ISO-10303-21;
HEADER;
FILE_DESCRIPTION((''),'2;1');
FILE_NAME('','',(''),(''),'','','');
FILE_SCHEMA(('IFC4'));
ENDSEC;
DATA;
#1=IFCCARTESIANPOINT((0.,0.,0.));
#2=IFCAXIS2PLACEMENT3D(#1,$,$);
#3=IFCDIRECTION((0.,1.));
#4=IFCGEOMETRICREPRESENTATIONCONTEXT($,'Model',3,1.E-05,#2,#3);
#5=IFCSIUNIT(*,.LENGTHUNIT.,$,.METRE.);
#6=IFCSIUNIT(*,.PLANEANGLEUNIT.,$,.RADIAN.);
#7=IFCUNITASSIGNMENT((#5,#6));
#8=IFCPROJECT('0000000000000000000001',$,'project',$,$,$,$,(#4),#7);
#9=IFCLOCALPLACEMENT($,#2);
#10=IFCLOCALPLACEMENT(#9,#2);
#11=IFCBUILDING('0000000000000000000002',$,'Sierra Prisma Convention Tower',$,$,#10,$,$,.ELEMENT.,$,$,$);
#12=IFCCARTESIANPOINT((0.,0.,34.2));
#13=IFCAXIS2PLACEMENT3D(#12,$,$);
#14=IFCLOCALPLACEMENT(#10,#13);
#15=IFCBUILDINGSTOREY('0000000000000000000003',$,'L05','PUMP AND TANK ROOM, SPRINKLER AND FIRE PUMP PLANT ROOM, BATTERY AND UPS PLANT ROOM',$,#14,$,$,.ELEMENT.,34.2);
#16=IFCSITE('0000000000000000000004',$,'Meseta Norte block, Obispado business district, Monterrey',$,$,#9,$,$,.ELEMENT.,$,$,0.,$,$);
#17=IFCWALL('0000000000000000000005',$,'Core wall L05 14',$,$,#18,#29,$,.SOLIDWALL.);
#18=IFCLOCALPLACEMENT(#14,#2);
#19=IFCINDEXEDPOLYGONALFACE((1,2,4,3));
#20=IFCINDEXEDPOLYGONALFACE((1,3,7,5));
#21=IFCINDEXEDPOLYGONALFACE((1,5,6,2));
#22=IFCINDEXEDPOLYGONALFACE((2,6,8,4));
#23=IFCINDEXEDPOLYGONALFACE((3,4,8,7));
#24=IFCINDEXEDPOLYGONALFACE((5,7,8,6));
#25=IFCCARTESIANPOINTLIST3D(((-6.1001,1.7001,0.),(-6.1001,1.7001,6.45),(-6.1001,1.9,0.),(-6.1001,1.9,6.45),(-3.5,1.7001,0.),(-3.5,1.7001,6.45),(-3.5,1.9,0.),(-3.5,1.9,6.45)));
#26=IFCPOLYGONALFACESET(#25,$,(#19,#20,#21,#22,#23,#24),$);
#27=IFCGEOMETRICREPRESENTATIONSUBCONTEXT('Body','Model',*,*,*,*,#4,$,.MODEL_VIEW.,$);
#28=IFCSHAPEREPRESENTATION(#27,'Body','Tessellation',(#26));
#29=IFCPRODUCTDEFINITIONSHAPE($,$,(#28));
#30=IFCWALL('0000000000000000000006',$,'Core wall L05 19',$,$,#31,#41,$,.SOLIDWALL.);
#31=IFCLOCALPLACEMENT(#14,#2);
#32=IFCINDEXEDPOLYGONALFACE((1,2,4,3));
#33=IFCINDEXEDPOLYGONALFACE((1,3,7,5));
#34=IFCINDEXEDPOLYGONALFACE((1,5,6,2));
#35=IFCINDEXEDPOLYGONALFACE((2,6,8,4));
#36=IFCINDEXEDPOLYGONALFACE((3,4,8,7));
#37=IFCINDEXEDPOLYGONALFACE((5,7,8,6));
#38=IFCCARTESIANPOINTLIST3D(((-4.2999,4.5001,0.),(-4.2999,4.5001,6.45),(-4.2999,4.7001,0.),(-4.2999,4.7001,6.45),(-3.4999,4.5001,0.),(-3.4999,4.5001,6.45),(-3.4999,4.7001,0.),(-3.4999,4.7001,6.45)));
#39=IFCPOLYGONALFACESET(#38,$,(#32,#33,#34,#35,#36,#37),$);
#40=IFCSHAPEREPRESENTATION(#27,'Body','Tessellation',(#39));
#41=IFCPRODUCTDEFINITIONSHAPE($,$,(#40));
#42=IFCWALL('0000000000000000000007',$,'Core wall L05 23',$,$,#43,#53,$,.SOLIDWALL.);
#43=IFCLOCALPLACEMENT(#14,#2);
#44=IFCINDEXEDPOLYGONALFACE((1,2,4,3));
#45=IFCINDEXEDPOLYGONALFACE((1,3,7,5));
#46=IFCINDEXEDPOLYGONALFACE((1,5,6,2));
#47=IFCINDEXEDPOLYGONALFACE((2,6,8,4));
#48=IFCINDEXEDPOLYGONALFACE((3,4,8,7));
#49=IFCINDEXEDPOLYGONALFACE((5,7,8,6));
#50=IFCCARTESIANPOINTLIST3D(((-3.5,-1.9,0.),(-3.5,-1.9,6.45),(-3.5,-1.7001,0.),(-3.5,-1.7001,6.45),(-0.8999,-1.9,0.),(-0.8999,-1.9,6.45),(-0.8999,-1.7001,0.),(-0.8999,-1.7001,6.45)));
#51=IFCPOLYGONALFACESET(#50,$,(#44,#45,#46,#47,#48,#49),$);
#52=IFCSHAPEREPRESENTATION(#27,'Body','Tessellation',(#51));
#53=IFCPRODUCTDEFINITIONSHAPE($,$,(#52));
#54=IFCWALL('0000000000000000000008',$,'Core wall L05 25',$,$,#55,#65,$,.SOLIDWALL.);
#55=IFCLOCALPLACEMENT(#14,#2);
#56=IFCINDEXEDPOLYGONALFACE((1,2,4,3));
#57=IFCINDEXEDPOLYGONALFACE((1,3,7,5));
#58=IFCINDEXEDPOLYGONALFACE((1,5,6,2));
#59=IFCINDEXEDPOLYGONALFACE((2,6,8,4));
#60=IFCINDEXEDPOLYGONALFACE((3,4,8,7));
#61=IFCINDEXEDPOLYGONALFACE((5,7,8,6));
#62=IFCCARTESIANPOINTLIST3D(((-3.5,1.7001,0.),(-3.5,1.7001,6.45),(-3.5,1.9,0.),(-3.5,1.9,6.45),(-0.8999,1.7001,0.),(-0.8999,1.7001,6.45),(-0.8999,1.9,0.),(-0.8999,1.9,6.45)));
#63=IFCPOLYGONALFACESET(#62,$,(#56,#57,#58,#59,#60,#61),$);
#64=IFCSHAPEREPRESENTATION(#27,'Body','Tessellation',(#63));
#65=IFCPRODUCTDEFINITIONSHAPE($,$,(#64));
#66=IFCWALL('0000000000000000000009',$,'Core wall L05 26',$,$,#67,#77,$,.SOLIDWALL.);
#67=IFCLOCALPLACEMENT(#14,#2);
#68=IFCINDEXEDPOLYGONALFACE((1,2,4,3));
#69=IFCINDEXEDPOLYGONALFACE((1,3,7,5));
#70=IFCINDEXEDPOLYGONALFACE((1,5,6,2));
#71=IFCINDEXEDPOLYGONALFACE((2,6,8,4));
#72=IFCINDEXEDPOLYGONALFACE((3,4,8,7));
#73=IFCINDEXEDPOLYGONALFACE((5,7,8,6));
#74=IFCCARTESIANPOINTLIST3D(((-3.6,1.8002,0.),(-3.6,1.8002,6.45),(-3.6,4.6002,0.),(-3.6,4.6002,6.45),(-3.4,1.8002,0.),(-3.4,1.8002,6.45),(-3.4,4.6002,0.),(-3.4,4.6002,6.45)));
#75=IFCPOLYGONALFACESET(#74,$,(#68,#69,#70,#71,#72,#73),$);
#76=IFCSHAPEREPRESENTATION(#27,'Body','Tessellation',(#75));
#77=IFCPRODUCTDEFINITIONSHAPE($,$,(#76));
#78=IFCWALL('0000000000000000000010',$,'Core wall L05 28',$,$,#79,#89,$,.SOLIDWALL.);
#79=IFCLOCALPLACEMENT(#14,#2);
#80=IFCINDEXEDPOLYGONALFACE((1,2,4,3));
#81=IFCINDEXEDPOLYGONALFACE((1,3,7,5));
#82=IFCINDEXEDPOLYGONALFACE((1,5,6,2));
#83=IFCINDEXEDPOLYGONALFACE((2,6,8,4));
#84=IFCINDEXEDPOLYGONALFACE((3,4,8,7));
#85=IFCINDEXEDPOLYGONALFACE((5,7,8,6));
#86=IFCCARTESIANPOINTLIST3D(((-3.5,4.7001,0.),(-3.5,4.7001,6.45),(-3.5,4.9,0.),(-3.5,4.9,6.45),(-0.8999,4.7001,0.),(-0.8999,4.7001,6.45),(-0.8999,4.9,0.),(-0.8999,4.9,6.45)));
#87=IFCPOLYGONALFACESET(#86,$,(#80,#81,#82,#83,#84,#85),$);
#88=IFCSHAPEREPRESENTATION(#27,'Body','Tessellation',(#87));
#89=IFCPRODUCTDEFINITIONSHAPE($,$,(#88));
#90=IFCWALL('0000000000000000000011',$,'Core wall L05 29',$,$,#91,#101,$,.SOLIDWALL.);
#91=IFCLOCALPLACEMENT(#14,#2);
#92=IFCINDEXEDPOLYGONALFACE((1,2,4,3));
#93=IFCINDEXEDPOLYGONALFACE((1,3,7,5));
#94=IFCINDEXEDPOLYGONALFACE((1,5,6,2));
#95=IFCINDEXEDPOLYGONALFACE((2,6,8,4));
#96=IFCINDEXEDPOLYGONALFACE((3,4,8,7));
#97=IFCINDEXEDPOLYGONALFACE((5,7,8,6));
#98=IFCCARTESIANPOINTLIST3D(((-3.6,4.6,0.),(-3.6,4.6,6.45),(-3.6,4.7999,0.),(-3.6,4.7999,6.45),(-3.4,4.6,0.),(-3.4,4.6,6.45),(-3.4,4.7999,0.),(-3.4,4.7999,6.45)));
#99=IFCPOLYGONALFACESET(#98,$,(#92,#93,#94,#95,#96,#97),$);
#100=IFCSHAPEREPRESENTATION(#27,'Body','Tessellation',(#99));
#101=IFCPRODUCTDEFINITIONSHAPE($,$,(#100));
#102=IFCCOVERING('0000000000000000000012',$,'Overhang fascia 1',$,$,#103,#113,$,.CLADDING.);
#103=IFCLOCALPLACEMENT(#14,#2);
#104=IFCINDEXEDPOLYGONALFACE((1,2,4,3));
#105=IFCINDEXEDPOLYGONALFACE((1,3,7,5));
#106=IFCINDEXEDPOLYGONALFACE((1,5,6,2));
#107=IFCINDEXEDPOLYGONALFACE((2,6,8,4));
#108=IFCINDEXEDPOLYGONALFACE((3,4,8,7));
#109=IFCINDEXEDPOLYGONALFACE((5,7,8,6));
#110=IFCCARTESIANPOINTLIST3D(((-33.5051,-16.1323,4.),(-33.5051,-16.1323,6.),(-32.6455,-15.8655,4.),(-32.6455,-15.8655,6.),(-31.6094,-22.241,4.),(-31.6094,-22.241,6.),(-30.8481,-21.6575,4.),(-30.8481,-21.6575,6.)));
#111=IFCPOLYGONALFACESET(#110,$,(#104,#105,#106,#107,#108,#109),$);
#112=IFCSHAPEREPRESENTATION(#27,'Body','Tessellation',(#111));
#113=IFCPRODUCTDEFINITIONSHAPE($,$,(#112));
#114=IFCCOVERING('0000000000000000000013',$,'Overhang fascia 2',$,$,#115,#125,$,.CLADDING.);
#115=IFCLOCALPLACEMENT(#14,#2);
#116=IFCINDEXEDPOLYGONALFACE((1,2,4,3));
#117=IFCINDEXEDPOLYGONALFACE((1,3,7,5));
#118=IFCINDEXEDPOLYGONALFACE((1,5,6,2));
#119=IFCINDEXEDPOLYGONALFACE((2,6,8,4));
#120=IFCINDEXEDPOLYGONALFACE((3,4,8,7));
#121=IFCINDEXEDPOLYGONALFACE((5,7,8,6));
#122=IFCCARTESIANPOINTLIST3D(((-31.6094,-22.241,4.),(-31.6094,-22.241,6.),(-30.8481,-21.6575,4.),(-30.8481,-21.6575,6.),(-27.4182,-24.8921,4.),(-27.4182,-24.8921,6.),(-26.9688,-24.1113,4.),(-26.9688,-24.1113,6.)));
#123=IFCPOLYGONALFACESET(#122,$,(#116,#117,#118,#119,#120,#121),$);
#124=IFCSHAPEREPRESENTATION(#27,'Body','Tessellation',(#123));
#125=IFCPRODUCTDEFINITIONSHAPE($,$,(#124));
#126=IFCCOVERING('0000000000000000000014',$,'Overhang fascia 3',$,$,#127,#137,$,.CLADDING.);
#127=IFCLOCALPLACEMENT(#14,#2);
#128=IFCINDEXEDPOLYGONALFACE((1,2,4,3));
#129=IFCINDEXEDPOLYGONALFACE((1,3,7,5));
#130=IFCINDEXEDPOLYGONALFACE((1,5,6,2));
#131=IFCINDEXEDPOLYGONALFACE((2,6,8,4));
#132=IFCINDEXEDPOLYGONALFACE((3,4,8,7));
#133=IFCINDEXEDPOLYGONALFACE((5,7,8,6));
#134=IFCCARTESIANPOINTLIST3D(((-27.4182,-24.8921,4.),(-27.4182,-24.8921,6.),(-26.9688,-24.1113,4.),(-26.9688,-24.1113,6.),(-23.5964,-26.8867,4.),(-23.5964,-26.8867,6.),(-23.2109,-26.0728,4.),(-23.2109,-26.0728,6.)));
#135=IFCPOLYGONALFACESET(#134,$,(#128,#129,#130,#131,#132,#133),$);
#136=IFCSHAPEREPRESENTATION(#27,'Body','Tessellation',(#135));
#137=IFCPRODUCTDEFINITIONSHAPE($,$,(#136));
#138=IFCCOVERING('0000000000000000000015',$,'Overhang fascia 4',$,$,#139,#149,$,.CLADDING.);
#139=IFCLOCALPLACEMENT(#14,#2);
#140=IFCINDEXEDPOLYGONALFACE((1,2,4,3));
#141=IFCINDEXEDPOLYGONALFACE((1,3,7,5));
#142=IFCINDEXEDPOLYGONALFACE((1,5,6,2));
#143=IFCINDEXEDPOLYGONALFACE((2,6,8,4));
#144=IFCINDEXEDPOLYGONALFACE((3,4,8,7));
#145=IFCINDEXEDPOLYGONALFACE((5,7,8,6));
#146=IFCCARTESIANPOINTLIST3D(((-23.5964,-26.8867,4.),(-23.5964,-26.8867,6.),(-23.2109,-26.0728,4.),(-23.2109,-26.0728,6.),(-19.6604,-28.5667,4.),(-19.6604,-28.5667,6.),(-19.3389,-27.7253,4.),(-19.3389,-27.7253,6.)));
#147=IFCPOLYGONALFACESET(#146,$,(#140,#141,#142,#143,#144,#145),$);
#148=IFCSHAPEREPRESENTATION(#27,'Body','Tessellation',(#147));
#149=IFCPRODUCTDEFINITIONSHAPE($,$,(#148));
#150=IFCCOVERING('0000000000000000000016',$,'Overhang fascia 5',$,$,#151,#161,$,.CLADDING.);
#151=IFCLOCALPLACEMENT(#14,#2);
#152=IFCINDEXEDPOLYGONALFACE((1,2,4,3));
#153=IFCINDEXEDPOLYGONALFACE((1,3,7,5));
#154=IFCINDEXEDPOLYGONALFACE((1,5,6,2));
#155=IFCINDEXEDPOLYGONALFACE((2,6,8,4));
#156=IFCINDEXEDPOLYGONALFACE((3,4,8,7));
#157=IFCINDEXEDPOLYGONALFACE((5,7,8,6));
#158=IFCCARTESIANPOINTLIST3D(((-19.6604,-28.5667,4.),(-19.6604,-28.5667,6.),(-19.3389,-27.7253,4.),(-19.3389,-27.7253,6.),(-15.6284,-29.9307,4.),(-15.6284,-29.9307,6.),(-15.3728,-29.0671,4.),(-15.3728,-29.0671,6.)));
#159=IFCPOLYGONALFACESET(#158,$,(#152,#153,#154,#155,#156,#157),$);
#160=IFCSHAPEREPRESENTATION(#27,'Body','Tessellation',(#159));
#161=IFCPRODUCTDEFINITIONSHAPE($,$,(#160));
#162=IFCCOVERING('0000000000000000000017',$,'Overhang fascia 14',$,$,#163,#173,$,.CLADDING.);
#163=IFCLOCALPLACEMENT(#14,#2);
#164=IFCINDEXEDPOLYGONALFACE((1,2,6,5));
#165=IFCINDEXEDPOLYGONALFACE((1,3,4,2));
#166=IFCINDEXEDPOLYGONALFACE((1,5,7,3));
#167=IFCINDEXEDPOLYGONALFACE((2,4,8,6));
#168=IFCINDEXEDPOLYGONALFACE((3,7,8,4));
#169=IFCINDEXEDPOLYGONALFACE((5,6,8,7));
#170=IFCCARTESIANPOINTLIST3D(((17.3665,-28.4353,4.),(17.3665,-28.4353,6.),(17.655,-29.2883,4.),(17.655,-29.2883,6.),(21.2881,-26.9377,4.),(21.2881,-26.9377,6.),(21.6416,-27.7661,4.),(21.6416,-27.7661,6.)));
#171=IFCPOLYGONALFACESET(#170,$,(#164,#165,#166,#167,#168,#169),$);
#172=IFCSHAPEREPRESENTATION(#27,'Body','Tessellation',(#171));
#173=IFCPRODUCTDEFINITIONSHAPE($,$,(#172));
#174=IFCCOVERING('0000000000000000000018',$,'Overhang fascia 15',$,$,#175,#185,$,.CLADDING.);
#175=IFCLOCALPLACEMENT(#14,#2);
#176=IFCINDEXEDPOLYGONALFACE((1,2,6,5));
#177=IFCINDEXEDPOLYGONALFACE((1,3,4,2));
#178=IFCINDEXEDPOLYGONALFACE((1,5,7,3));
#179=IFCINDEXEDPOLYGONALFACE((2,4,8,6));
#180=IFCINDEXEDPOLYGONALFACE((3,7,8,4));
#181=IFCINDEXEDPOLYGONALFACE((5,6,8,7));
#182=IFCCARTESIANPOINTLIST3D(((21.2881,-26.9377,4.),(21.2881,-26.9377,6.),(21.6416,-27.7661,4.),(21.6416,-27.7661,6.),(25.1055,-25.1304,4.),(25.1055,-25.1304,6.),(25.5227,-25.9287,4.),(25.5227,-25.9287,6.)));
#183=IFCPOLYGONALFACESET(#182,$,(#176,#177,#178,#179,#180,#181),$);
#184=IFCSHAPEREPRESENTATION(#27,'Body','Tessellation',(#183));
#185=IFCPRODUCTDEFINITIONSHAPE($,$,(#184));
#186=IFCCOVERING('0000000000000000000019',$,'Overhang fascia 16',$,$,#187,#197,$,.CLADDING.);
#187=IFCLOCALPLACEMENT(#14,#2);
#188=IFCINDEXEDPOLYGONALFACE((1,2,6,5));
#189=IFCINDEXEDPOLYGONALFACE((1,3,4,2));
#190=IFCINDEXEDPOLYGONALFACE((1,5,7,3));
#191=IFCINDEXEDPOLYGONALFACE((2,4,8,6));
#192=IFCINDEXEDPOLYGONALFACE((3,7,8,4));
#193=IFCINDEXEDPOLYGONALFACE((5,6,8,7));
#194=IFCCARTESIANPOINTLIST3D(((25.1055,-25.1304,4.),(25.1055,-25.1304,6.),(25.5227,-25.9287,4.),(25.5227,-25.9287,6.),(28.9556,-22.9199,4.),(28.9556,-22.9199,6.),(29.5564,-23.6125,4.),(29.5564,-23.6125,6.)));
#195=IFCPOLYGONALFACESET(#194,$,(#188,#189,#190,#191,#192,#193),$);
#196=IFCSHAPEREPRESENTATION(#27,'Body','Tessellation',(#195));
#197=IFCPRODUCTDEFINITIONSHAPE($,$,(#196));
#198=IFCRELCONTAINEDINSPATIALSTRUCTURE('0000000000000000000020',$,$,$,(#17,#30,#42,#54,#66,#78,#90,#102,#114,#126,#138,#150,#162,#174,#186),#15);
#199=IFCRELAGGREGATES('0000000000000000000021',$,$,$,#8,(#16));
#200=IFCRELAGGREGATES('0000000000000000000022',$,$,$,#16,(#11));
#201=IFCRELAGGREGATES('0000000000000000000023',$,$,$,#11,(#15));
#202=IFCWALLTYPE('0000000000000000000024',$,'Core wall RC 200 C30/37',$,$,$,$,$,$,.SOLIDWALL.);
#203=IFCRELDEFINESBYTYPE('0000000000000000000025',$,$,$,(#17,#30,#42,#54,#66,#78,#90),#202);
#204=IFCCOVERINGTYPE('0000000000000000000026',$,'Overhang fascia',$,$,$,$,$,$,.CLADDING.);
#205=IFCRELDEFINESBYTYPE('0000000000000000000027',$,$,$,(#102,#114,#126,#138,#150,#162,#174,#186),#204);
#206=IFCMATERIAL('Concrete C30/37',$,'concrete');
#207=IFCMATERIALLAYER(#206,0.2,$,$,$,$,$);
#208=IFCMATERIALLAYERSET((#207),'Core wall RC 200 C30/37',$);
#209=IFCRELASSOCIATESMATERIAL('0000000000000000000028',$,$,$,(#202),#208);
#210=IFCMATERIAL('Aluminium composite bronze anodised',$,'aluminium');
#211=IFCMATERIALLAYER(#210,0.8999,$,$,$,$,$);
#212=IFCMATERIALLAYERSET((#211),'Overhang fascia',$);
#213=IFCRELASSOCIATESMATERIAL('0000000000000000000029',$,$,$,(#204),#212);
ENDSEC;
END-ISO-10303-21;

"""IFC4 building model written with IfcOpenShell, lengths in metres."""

from ifc_helpers import new_model, si_unit, direction, frame, frame_2d, origin, place, context, subcontext, project, spatial, polyline, rectangle, outline, extrude, material, layer, layer_set, type_object, element, save


model = new_model("IFC4")

# Units and contexts
model_context = context("Model", 3, precision=1e-05, world=origin(), true_north=direction((0.0, 1.0)))
body_context = subcontext(model_context, "Body", "Model", "MODEL_VIEW")
ifc_project = project(units=[si_unit("LENGTHUNIT", "METRE"), si_unit("PLANEANGLEUNIT", "RADIAN")], contexts=[model_context])

# Site, building, storey
site_placement = place(None, origin())
site = spatial("IfcSite", under=ifc_project, at=site_placement, Name="Meseta Norte block, Obispado business district, Monterrey", CompositionType="ELEMENT", RefElevation=0.0)
building_placement = place(site_placement, origin())
building = spatial("IfcBuilding", under=site, at=building_placement, Name="Sierra Prisma Convention Tower", CompositionType="ELEMENT")
storey_placement = place(building_placement, frame((0.0, 0.0, 34.2)))
storey = spatial("IfcBuildingStorey", under=building, at=storey_placement, Name="L05", Description="PUMP AND TANK ROOM, SPRINKLER AND FIRE PUMP PLANT ROOM, BATTERY AND UPS PLANT ROOM", CompositionType="ELEMENT", Elevation=34.2)

# Walls
ifc_material_1 = material(Name="Concrete C30/37", Category="concrete")
ifc_layer_1 = layer(ifc_material_1, 0.2)
ifc_layer_set_1 = layer_set([ifc_layer_1], Name="Core wall RC 200 C30/37")
wall_type = type_object("IfcWallType", Name="Core wall RC 200 C30/37", PredefinedType="SOLIDWALL", material=ifc_layer_set_1)
wall_1_placement = place(storey_placement, frame((-3.5, 1.8, 0.0), z_axis=(0.0, 0.0, 1.0), x_axis=(-1.0, 0.0, 0.0)))
element("IfcWall", 1, at=wall_1_placement, inside=storey, type_object=wall_type, Name="Core wall L05 14", PredefinedType="SOLIDWALL", context=body_context, shape_type="SweptSolid", body=[
    extrude(rectangle(XDim=2.6001, YDim=0.2, at=frame_2d((1.3, 0.0))), origin(), (0.0, 0.0, 1.0), 6.45),
])
wall_2_placement = place(storey_placement, frame((-3.5, 4.6001, 0.0), z_axis=(0.0, 0.0, 1.0), x_axis=(-1.0, 0.0, 0.0)))
element("IfcWall", 2, at=wall_2_placement, inside=storey, type_object=wall_type, Name="Core wall L05 19", PredefinedType="SOLIDWALL", context=body_context, shape_type="SweptSolid", body=[
    extrude(rectangle(XDim=0.8, YDim=0.2, at=frame_2d((0.3999, 0.0))), origin(), (0.0, 0.0, 1.0), 6.45),
])
wall_3_placement = place(storey_placement, frame((-3.5, -1.8, 0.0), z_axis=(0.0, 0.0, 1.0), x_axis=(1.0, 0.0, 0.0)))
element("IfcWall", 3, at=wall_3_placement, inside=storey, type_object=wall_type, Name="Core wall L05 23", PredefinedType="SOLIDWALL", context=body_context, shape_type="SweptSolid", body=[
    extrude(rectangle(XDim=2.6001, YDim=0.2, at=frame_2d((1.3, 0.0))), origin(), (0.0, 0.0, 1.0), 6.45),
])

# Walls
wall_4_placement = place(storey_placement, frame((-0.8999, 1.8, 0.0), z_axis=(0.0, 0.0, 1.0), x_axis=(-1.0, 0.0, 0.0)))
element("IfcWall", 4, at=wall_4_placement, inside=storey, type_object=wall_type, Name="Core wall L05 25", PredefinedType="SOLIDWALL", context=body_context, shape_type="SweptSolid", body=[
    extrude(rectangle(XDim=2.6001, YDim=0.2, at=frame_2d((1.3, 0.0))), origin(), (0.0, 0.0, 1.0), 6.45),
])
wall_5_placement = place(storey_placement, frame((-3.5, 4.6001, 0.0), z_axis=(0.0, 0.0, 1.0), x_axis=(0.0, -1.0, 0.0)))
element("IfcWall", 5, at=wall_5_placement, inside=storey, type_object=wall_type, Name="Core wall L05 26", PredefinedType="SOLIDWALL", context=body_context, shape_type="SweptSolid", body=[
    extrude(rectangle(XDim=2.8, YDim=0.2, at=frame_2d((1.3999, 0.0))), origin(), (0.0, 0.0, 1.0), 6.45),
])

# Walls
wall_6_placement = place(storey_placement, frame((-0.8999, 4.8, 0.0), z_axis=(0.0, 0.0, 1.0), x_axis=(-1.0, 0.0, 0.0)))
element("IfcWall", 6, at=wall_6_placement, inside=storey, type_object=wall_type, Name="Core wall L05 28", PredefinedType="SOLIDWALL", context=body_context, shape_type="SweptSolid", body=[
    extrude(rectangle(XDim=2.6001, YDim=0.2, at=frame_2d((1.3, 0.0))), origin(), (0.0, 0.0, 1.0), 6.45),
])
wall_7_placement = place(storey_placement, frame((-3.5, 4.8, 0.0), z_axis=(0.0, 0.0, 1.0), x_axis=(0.0, -1.0, 0.0)))
element("IfcWall", 7, at=wall_7_placement, inside=storey, type_object=wall_type, Name="Core wall L05 29", PredefinedType="SOLIDWALL", context=body_context, shape_type="SweptSolid", body=[
    extrude(rectangle(XDim=0.2, YDim=0.2, at=frame_2d((0.1001, 0.0))), origin(), (0.0, 0.0, 1.0), 6.45),
])

# Coverings
ifc_material_2 = material(Name="Aluminium composite bronze anodised", Category="aluminium")
ifc_layer_2 = layer(ifc_material_2, 0.8999)
ifc_layer_set_2 = layer_set([ifc_layer_2], Name="Overhang fascia")
covering_type_1 = type_object("IfcCoveringType", Name="Overhang fascia", PredefinedType="CLADDING", material=ifc_layer_set_2)
covering_1_placement = place(storey_placement, frame((0.0, 0.0, 4.0)))
element("IfcCovering", 8, at=covering_1_placement, inside=storey, type_object=covering_type_1, Name="Overhang fascia 1", PredefinedType="CLADDING", context=body_context, shape_type="SweptSolid", body=[
    extrude(outline(polyline([(-32.6455, -15.8655), (-30.8481, -21.6575), (-31.6094, -22.241), (-33.5051, -16.1323), (-32.6455, -15.8655)])), origin(), (0.0, 0.0, 1.0), 2.0),
])
covering_2_placement = place(storey_placement, frame((0.0, 0.0, 4.0)))
element("IfcCovering", 9, at=covering_2_placement, inside=storey, type_object=covering_type_1, Name="Overhang fascia 2", PredefinedType="CLADDING", context=body_context, shape_type="SweptSolid", body=[
    extrude(outline(polyline([(-30.8481, -21.6575), (-26.9688, -24.1113), (-27.4182, -24.8921), (-31.6094, -22.241), (-30.8481, -21.6575)])), origin(), (0.0, 0.0, 1.0), 2.0),
])
covering_3_placement = place(storey_placement, frame((0.0, 0.0, 4.0)))
element("IfcCovering", 10, at=covering_3_placement, inside=storey, type_object=covering_type_1, Name="Overhang fascia 3", PredefinedType="CLADDING", context=body_context, shape_type="SweptSolid", body=[
    extrude(outline(polyline([(-26.9688, -24.1113), (-23.2109, -26.0728), (-23.5964, -26.8867), (-27.4182, -24.8921), (-26.9688, -24.1113)])), origin(), (0.0, 0.0, 1.0), 2.0),
])
covering_4_placement = place(storey_placement, frame((0.0, 0.0, 4.0)))
element("IfcCovering", 11, at=covering_4_placement, inside=storey, type_object=covering_type_1, Name="Overhang fascia 4", PredefinedType="CLADDING", context=body_context, shape_type="SweptSolid", body=[
    extrude(outline(polyline([(-23.2109, -26.0728), (-19.3389, -27.7253), (-19.6604, -28.5667), (-23.5964, -26.8867), (-23.2109, -26.0728)])), origin(), (0.0, 0.0, 1.0), 2.0),
])
covering_5_placement = place(storey_placement, frame((0.0, 0.0, 4.0)))
element("IfcCovering", 12, at=covering_5_placement, inside=storey, type_object=covering_type_1, Name="Overhang fascia 5", PredefinedType="CLADDING", context=body_context, shape_type="SweptSolid", body=[
    extrude(outline(polyline([(-19.3389, -27.7253), (-15.3728, -29.0671), (-15.6284, -29.9307), (-19.6604, -28.5667), (-19.3389, -27.7253)])), origin(), (0.0, 0.0, 1.0), 2.0),
])
covering_6_placement = place(storey_placement, frame((0.0, 0.0, 4.0)))
element("IfcCovering", 13, at=covering_6_placement, inside=storey, type_object=covering_type_1, Name="Overhang fascia 14", PredefinedType="CLADDING", context=body_context, shape_type="SweptSolid", body=[
    extrude(outline(polyline([(17.3665, -28.4353), (21.2881, -26.9377), (21.6416, -27.7661), (17.655, -29.2883), (17.3665, -28.4353)])), origin(), (0.0, 0.0, 1.0), 2.0),
])
covering_7_placement = place(storey_placement, frame((0.0, 0.0, 4.0)))
element("IfcCovering", 14, at=covering_7_placement, inside=storey, type_object=covering_type_1, Name="Overhang fascia 15", PredefinedType="CLADDING", context=body_context, shape_type="SweptSolid", body=[
    extrude(outline(polyline([(21.2881, -26.9377), (25.1055, -25.1304), (25.5227, -25.9287), (21.6416, -27.7661), (21.2881, -26.9377)])), origin(), (0.0, 0.0, 1.0), 2.0),
])
covering_8_placement = place(storey_placement, frame((0.0, 0.0, 4.0)))
element("IfcCovering", 15, at=covering_8_placement, inside=storey, type_object=covering_type_1, Name="Overhang fascia 16", PredefinedType="CLADDING", context=body_context, shape_type="SweptSolid", body=[
    extrude(outline(polyline([(25.1055, -25.1304), (28.9556, -22.9199), (29.5564, -23.6125), (25.5227, -25.9287), (25.1055, -25.1304)])), origin(), (0.0, 0.0, 1.0), 2.0),
])

save(model, "model.ifc")
